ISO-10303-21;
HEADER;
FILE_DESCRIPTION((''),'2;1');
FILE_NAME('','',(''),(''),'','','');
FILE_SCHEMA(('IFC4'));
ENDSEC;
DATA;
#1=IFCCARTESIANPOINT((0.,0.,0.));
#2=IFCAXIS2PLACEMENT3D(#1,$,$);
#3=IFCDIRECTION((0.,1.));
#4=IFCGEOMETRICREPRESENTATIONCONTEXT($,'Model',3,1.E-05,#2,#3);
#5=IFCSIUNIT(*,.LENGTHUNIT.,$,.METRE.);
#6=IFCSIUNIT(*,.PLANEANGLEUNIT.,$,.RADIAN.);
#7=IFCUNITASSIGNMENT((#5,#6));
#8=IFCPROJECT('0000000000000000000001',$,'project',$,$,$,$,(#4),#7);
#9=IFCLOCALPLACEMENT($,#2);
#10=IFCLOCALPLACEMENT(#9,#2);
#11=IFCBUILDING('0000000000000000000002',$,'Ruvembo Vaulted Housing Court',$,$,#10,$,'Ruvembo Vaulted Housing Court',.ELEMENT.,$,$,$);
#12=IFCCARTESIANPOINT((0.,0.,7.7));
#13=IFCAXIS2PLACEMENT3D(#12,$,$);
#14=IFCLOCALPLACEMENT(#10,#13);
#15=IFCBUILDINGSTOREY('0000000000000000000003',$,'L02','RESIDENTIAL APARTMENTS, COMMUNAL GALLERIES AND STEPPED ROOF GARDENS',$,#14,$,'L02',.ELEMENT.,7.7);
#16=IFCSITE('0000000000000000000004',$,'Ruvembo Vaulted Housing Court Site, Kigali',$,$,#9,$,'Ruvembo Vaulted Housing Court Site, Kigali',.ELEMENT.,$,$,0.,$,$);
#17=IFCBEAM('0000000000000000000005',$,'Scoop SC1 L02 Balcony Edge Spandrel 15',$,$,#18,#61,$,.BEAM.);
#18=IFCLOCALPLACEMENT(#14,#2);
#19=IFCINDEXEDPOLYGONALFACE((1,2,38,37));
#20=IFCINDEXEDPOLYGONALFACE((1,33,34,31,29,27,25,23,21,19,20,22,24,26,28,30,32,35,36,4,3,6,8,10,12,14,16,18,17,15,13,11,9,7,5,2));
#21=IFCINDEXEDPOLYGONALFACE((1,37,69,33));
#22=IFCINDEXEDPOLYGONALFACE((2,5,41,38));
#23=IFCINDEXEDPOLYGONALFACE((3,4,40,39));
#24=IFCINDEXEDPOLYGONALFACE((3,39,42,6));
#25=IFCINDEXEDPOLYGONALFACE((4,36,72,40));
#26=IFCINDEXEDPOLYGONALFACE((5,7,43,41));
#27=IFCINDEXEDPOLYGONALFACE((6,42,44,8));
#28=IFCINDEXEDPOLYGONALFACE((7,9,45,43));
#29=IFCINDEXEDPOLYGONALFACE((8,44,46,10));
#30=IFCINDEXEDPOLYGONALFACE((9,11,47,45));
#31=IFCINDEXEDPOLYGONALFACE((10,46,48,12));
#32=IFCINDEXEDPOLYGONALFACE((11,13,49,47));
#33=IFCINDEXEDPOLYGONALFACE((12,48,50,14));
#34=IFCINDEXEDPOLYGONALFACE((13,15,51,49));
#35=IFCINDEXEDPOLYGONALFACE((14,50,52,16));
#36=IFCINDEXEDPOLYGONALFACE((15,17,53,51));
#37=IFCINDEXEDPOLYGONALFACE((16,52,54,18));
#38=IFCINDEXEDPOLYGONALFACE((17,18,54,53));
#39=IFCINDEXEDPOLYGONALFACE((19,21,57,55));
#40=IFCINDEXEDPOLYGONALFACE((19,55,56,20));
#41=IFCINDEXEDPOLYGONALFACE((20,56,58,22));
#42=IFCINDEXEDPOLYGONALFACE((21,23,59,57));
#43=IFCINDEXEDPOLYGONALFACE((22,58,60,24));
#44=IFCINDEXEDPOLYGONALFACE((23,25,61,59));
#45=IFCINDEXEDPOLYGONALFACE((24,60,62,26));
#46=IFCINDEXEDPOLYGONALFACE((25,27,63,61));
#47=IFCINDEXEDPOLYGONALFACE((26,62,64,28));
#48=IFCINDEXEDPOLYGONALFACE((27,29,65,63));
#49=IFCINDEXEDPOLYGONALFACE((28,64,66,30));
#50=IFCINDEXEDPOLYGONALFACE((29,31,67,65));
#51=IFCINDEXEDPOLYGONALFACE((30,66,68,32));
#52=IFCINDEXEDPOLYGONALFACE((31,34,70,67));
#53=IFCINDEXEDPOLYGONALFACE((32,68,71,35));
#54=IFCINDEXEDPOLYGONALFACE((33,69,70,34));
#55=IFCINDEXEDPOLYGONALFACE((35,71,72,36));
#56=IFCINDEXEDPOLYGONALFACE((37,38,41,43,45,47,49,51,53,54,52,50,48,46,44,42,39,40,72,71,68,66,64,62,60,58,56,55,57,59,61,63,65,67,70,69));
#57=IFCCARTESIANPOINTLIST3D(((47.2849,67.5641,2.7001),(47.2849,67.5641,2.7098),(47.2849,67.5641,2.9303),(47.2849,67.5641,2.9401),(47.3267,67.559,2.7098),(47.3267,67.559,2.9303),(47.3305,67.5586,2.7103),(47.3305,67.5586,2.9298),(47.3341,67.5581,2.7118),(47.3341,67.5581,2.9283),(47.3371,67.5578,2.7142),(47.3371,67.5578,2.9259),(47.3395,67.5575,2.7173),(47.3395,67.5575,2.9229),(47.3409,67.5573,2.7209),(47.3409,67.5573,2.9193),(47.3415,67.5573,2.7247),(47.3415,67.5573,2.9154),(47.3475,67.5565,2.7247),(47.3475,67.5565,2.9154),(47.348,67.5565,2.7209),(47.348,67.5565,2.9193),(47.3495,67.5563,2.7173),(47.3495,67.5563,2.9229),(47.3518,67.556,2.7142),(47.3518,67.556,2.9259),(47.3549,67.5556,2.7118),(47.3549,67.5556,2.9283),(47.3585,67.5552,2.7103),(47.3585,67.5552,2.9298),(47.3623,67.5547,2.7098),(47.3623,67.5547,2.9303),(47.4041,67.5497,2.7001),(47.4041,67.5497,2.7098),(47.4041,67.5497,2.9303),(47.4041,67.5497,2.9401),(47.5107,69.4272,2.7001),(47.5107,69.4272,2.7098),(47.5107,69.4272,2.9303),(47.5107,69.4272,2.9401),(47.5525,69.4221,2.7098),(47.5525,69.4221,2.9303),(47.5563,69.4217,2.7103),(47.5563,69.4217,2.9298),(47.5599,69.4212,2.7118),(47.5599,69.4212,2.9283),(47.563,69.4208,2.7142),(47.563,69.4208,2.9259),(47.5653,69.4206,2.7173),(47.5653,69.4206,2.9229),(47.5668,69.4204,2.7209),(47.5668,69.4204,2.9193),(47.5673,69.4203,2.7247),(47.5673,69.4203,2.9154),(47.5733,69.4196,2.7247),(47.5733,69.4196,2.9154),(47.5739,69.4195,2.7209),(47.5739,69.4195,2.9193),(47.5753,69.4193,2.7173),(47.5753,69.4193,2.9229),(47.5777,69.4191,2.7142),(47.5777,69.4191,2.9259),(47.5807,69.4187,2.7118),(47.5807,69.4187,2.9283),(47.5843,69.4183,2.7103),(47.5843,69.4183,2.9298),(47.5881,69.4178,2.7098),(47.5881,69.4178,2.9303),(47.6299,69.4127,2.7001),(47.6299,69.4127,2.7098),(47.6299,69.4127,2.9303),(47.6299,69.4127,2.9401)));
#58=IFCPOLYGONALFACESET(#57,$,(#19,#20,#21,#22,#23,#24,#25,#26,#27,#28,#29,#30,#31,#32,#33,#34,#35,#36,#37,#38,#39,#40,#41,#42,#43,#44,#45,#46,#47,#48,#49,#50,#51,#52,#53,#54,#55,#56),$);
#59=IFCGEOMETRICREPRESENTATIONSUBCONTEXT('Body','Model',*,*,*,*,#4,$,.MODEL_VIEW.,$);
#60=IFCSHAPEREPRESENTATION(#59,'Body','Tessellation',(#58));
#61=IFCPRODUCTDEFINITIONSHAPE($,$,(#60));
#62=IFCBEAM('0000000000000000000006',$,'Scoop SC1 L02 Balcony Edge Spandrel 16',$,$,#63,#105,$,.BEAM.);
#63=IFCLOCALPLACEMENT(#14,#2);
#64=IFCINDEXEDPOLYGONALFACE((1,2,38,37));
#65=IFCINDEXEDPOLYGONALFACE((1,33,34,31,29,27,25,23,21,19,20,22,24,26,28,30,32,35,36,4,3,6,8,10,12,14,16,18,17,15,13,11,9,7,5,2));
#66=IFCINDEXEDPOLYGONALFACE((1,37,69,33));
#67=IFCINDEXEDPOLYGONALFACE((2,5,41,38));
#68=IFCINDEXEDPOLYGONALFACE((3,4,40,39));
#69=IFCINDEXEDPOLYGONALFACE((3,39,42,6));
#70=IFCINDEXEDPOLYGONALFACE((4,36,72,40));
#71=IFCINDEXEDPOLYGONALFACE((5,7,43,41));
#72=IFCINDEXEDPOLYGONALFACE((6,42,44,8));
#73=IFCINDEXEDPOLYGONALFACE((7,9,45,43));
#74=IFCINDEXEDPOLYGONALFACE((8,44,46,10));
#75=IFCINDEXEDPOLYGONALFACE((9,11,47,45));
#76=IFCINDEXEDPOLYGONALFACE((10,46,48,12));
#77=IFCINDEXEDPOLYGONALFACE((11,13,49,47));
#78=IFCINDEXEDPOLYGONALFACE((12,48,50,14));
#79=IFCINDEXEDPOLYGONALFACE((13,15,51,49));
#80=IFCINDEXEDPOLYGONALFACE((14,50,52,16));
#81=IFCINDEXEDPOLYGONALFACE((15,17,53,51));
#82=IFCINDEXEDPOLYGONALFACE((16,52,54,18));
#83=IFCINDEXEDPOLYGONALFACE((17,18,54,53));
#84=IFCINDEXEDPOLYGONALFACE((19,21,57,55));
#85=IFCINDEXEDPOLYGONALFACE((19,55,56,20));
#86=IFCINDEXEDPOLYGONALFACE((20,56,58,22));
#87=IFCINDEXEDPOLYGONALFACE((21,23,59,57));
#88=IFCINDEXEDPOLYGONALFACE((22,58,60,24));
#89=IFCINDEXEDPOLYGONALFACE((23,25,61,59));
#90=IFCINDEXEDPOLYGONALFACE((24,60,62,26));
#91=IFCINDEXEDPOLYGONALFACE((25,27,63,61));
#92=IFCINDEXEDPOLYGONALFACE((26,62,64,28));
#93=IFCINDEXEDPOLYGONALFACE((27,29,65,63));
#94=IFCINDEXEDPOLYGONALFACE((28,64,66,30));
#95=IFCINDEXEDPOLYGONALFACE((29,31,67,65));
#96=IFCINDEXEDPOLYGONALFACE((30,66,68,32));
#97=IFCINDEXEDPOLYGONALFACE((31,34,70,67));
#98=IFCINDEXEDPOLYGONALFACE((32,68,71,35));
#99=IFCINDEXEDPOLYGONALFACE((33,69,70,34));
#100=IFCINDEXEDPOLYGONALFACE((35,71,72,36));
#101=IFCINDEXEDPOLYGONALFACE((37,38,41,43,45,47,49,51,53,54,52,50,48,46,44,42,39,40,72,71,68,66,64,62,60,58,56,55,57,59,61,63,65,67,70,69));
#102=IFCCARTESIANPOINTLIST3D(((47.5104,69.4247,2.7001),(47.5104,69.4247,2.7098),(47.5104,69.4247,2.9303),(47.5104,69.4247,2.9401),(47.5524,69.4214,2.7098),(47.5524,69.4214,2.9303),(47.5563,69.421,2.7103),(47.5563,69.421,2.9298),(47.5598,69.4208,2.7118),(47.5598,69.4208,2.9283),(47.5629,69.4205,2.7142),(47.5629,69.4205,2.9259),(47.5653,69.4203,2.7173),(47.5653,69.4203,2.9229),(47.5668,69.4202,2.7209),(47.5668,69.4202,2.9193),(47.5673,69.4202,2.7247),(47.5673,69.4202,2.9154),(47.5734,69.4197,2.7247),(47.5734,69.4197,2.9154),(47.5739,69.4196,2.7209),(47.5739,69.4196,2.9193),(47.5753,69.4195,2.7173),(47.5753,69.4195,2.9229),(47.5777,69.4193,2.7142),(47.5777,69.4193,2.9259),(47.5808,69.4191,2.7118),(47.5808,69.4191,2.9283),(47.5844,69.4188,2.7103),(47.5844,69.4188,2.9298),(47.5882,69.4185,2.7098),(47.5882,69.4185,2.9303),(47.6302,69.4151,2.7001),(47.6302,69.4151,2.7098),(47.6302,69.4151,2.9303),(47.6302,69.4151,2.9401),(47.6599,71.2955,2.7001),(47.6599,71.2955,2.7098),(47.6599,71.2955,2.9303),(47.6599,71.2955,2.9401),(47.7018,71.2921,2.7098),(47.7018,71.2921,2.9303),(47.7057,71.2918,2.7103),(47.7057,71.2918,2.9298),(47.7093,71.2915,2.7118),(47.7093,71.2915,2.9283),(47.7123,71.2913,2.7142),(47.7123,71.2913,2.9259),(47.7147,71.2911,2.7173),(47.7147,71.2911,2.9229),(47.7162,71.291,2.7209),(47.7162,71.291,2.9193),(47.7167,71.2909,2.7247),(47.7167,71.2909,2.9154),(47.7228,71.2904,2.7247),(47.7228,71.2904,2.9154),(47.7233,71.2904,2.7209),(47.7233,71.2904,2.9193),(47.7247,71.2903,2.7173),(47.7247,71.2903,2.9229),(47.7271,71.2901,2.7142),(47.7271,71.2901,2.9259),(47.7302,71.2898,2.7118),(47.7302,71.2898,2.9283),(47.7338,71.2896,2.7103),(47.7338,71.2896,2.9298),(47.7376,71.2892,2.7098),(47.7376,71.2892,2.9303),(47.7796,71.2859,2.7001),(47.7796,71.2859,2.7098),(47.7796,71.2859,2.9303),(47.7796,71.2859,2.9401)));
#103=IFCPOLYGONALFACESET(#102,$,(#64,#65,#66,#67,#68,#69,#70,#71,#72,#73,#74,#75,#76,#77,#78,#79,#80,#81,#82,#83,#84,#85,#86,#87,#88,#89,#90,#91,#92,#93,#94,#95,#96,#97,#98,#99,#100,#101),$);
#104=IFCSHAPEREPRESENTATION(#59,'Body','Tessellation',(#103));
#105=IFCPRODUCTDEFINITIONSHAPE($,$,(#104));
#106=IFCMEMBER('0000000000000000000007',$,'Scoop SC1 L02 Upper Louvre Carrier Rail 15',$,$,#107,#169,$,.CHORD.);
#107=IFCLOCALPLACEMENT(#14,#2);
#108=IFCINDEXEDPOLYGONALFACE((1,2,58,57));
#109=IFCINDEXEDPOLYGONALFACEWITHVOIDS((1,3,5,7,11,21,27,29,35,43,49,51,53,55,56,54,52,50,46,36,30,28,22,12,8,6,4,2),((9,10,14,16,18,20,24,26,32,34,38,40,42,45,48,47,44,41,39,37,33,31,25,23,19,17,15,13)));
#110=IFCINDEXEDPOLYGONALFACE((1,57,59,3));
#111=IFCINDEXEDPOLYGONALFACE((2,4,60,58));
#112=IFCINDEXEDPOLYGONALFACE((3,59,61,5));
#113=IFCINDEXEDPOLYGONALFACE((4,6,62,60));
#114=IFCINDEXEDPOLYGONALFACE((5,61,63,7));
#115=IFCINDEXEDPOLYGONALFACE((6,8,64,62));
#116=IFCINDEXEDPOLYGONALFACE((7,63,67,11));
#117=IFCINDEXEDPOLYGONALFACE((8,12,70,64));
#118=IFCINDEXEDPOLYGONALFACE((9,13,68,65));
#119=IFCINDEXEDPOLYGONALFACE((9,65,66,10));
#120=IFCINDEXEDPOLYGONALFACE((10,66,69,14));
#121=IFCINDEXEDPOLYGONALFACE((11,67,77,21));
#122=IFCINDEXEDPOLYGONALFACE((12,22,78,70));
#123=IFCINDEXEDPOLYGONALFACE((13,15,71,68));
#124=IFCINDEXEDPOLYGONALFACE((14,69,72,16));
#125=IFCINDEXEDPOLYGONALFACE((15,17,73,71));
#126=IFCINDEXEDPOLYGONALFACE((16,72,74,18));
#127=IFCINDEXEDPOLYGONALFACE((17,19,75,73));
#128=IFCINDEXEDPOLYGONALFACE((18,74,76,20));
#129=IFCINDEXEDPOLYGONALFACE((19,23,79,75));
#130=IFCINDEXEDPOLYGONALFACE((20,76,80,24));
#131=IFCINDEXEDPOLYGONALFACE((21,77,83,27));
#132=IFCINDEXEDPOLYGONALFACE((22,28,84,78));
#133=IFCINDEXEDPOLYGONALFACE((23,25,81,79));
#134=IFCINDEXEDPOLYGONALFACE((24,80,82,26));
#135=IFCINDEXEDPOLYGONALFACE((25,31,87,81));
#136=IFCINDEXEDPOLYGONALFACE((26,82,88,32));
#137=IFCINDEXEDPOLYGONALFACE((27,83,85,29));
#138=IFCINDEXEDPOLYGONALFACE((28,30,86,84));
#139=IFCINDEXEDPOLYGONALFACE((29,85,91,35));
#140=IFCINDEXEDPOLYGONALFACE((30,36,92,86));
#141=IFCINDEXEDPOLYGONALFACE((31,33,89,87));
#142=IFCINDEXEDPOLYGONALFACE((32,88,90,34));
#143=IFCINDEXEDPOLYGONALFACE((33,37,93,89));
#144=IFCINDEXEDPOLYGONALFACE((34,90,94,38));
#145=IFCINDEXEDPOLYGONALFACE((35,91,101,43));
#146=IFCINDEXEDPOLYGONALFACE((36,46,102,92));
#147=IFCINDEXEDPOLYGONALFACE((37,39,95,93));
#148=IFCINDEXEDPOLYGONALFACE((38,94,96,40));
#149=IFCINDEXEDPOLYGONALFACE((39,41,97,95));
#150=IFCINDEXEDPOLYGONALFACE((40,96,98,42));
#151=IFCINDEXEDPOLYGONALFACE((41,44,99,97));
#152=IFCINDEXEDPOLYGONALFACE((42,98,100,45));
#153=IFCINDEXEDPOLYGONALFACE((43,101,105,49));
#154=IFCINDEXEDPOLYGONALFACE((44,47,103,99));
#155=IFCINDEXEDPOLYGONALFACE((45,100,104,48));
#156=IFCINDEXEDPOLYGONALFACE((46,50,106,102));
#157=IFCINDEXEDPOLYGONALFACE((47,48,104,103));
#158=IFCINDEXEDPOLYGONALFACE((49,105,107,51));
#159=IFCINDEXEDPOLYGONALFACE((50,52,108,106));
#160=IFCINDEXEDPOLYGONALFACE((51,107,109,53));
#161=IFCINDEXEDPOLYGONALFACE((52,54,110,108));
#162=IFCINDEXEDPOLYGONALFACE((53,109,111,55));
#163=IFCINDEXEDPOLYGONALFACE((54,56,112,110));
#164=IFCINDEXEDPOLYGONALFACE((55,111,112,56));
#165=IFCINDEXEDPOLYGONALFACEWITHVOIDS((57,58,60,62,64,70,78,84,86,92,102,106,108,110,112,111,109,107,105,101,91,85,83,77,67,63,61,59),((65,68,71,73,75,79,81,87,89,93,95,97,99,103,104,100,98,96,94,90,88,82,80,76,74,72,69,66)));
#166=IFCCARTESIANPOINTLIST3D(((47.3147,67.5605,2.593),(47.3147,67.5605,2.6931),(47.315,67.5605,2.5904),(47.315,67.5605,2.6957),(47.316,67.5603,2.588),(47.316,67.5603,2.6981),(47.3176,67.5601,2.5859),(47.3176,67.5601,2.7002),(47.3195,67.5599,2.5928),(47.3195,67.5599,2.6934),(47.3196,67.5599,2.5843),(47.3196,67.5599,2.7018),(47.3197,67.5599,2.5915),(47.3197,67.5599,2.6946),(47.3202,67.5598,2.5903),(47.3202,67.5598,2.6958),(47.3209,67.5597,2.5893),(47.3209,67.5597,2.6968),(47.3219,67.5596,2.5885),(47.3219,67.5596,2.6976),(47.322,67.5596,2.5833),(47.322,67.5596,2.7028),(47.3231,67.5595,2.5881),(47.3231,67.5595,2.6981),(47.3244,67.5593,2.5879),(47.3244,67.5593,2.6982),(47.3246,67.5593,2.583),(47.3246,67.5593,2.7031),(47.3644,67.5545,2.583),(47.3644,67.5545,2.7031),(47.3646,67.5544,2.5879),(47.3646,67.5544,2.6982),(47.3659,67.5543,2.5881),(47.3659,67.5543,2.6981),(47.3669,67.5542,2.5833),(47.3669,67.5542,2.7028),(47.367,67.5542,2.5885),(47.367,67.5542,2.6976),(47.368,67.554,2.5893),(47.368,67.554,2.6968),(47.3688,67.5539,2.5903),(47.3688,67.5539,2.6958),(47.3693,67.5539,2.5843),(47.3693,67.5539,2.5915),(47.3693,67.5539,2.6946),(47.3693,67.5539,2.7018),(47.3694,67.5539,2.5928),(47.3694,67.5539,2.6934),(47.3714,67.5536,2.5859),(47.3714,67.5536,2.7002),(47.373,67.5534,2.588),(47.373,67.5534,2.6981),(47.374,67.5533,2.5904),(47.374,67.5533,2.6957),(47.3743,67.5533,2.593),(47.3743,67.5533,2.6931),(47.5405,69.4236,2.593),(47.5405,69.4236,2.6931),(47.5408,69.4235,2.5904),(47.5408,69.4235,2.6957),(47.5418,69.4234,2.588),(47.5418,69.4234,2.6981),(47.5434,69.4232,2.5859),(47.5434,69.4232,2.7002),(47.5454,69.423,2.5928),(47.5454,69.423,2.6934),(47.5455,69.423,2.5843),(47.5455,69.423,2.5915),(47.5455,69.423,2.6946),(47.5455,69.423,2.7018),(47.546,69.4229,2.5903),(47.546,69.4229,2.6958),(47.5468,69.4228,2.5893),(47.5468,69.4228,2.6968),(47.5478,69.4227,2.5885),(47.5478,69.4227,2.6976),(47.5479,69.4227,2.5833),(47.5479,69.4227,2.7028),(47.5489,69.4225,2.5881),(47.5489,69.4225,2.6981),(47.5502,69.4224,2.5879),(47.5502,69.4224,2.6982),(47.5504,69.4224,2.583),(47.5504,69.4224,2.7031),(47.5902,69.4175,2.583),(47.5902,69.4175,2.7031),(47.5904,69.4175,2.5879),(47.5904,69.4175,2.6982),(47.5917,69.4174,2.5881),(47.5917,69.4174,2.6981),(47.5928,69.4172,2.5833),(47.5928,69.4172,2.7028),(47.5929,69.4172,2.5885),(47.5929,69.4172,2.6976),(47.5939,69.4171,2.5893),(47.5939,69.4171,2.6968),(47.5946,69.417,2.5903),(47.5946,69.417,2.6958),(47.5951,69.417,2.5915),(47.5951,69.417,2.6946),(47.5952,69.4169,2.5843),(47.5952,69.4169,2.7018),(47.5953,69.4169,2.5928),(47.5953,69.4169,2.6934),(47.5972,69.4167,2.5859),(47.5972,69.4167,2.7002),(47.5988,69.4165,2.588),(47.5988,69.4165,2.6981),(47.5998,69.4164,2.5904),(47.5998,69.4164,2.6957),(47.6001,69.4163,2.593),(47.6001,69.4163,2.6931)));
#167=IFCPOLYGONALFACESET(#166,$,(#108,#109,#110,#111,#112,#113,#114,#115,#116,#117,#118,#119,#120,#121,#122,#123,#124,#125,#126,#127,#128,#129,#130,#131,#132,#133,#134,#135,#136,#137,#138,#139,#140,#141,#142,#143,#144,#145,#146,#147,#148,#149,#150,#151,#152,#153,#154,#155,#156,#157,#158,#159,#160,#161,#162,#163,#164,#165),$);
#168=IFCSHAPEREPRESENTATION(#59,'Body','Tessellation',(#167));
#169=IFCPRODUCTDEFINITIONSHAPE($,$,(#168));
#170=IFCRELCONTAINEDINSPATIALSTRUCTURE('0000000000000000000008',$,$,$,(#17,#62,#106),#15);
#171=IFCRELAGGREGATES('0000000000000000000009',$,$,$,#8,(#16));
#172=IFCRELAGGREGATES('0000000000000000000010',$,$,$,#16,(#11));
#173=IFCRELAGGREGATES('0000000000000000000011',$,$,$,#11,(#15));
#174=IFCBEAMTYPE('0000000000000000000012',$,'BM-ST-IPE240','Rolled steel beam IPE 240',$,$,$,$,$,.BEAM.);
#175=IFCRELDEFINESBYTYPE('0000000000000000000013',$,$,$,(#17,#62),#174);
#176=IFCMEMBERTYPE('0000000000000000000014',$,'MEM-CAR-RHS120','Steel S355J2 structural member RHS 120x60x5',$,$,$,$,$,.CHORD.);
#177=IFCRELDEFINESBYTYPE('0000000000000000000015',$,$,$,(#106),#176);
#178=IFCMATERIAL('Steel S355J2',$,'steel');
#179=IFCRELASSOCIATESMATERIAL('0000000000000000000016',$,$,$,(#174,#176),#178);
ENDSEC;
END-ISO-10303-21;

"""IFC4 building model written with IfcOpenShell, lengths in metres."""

from ifc_helpers import new_model, si_unit, direction, frame, origin, origin_2d, place, context, subcontext, project, spatial, hollow_rectangle, i_section, extrude, material, material_profile, profile_set, type_object, element, save


model = new_model("IFC4")

# Units and contexts
model_context = context("Model", 3, precision=1e-05, world=origin(), true_north=direction((0.0, 1.0)))
body_context = subcontext(model_context, "Body", "Model", "MODEL_VIEW")
ifc_project = project(units=[si_unit("LENGTHUNIT", "METRE"), si_unit("PLANEANGLEUNIT", "RADIAN")], contexts=[model_context])

# Site, building, storey
site_placement = place(None, origin())
site = spatial("IfcSite", under=ifc_project, at=site_placement, Name="Ruvembo Vaulted Housing Court Site, Kigali", LongName="Ruvembo Vaulted Housing Court Site, Kigali", CompositionType="ELEMENT", RefElevation=0.0)
building_placement = place(site_placement, origin())
building = spatial("IfcBuilding", under=site, at=building_placement, Name="Ruvembo Vaulted Housing Court", LongName="Ruvembo Vaulted Housing Court", CompositionType="ELEMENT")
storey_placement = place(building_placement, frame((0.0, 0.0, 7.7)))
storey = spatial("IfcBuildingStorey", under=building, at=storey_placement, Name="L02", Description="RESIDENTIAL APARTMENTS, COMMUNAL GALLERIES AND STEPPED ROOF GARDENS", LongName="L02", CompositionType="ELEMENT", Elevation=7.7)

# Beams
ifc_material_1 = material(Name="Steel S355J2", Category="steel")
ifc_material_profile_1 = material_profile(ifc_material_1, i_section(OverallWidth=0.1201, OverallDepth=0.24, WebThickness=0.0061, FlangeThickness=0.0098, FilletRadius=0.0149, at=origin_2d()), Name="IPE 240")
ifc_profile_set_1 = profile_set([ifc_material_profile_1], Name="Steel S355J2")
beam_type = type_object("IfcBeamType", Name="BM-ST-IPE240", Description="Rolled steel beam IPE 240", PredefinedType="BEAM", material=ifc_profile_set_1)
for number, where, z_axis, x_axis, name in (
    (1, (47.3445, 67.5569, 2.8201), (0.120335, 0.992733, 0.0), (-0.992733, 0.120335, 0.0), "Scoop SC1 L02 Balcony Edge Spandrel 15"),
    (2, (47.5703, 69.4199, 2.8201), (0.079611, 0.996826, 0.0), (-0.996826, 0.079611, 0.0), "Scoop SC1 L02 Balcony Edge Spandrel 16"),
):
    element("IfcBeam", number, at=place(storey_placement, frame(where, z_axis=z_axis, x_axis=x_axis)), inside=storey, type_object=beam_type, Name=name, PredefinedType="BEAM", context=body_context, shape_type="SweptSolid", body=[
        extrude(i_section(OverallWidth=0.1201, OverallDepth=0.24, WebThickness=0.0061, FlangeThickness=0.0098, FilletRadius=0.0149, at=origin_2d()), origin(), (0.0, 0.0, 1.0), 1.8767),
    ])

# Member
ifc_material_profile_2 = material_profile(ifc_material_1, hollow_rectangle(XDim=0.0601, YDim=0.1201, WallThickness=0.0049, InnerFilletRadius=0.0049, OuterFilletRadius=0.01, at=origin_2d()), Name="RHS 120x60x5")
ifc_profile_set_2 = profile_set([ifc_material_profile_2], Name="Steel S355J2")
member_type_1 = type_object("IfcMemberType", Name="MEM-CAR-RHS120", Description="Steel S355J2 structural member RHS 120x60x5", PredefinedType="CHORD", material=ifc_profile_set_2)
for number, where, z_axis, x_axis, name in (
    (3, (47.3445, 67.5569, 2.6431), (0.120335, 0.992733, 0.0), (-0.992733, 0.120335, 0.0), "Scoop SC1 L02 Upper Louvre Carrier Rail 15"),
):
    element("IfcMember", number, at=place(storey_placement, frame(where, z_axis=z_axis, x_axis=x_axis)), inside=storey, type_object=member_type_1, Name=name, PredefinedType="CHORD", context=body_context, shape_type="SweptSolid", body=[
        extrude(hollow_rectangle(XDim=0.0601, YDim=0.1201, WallThickness=0.0049, InnerFilletRadius=0.0049, OuterFilletRadius=0.01, at=origin_2d()), origin(), (0.0, 0.0, 1.0), 1.8767),
    ])

save(model, "model.ifc")
